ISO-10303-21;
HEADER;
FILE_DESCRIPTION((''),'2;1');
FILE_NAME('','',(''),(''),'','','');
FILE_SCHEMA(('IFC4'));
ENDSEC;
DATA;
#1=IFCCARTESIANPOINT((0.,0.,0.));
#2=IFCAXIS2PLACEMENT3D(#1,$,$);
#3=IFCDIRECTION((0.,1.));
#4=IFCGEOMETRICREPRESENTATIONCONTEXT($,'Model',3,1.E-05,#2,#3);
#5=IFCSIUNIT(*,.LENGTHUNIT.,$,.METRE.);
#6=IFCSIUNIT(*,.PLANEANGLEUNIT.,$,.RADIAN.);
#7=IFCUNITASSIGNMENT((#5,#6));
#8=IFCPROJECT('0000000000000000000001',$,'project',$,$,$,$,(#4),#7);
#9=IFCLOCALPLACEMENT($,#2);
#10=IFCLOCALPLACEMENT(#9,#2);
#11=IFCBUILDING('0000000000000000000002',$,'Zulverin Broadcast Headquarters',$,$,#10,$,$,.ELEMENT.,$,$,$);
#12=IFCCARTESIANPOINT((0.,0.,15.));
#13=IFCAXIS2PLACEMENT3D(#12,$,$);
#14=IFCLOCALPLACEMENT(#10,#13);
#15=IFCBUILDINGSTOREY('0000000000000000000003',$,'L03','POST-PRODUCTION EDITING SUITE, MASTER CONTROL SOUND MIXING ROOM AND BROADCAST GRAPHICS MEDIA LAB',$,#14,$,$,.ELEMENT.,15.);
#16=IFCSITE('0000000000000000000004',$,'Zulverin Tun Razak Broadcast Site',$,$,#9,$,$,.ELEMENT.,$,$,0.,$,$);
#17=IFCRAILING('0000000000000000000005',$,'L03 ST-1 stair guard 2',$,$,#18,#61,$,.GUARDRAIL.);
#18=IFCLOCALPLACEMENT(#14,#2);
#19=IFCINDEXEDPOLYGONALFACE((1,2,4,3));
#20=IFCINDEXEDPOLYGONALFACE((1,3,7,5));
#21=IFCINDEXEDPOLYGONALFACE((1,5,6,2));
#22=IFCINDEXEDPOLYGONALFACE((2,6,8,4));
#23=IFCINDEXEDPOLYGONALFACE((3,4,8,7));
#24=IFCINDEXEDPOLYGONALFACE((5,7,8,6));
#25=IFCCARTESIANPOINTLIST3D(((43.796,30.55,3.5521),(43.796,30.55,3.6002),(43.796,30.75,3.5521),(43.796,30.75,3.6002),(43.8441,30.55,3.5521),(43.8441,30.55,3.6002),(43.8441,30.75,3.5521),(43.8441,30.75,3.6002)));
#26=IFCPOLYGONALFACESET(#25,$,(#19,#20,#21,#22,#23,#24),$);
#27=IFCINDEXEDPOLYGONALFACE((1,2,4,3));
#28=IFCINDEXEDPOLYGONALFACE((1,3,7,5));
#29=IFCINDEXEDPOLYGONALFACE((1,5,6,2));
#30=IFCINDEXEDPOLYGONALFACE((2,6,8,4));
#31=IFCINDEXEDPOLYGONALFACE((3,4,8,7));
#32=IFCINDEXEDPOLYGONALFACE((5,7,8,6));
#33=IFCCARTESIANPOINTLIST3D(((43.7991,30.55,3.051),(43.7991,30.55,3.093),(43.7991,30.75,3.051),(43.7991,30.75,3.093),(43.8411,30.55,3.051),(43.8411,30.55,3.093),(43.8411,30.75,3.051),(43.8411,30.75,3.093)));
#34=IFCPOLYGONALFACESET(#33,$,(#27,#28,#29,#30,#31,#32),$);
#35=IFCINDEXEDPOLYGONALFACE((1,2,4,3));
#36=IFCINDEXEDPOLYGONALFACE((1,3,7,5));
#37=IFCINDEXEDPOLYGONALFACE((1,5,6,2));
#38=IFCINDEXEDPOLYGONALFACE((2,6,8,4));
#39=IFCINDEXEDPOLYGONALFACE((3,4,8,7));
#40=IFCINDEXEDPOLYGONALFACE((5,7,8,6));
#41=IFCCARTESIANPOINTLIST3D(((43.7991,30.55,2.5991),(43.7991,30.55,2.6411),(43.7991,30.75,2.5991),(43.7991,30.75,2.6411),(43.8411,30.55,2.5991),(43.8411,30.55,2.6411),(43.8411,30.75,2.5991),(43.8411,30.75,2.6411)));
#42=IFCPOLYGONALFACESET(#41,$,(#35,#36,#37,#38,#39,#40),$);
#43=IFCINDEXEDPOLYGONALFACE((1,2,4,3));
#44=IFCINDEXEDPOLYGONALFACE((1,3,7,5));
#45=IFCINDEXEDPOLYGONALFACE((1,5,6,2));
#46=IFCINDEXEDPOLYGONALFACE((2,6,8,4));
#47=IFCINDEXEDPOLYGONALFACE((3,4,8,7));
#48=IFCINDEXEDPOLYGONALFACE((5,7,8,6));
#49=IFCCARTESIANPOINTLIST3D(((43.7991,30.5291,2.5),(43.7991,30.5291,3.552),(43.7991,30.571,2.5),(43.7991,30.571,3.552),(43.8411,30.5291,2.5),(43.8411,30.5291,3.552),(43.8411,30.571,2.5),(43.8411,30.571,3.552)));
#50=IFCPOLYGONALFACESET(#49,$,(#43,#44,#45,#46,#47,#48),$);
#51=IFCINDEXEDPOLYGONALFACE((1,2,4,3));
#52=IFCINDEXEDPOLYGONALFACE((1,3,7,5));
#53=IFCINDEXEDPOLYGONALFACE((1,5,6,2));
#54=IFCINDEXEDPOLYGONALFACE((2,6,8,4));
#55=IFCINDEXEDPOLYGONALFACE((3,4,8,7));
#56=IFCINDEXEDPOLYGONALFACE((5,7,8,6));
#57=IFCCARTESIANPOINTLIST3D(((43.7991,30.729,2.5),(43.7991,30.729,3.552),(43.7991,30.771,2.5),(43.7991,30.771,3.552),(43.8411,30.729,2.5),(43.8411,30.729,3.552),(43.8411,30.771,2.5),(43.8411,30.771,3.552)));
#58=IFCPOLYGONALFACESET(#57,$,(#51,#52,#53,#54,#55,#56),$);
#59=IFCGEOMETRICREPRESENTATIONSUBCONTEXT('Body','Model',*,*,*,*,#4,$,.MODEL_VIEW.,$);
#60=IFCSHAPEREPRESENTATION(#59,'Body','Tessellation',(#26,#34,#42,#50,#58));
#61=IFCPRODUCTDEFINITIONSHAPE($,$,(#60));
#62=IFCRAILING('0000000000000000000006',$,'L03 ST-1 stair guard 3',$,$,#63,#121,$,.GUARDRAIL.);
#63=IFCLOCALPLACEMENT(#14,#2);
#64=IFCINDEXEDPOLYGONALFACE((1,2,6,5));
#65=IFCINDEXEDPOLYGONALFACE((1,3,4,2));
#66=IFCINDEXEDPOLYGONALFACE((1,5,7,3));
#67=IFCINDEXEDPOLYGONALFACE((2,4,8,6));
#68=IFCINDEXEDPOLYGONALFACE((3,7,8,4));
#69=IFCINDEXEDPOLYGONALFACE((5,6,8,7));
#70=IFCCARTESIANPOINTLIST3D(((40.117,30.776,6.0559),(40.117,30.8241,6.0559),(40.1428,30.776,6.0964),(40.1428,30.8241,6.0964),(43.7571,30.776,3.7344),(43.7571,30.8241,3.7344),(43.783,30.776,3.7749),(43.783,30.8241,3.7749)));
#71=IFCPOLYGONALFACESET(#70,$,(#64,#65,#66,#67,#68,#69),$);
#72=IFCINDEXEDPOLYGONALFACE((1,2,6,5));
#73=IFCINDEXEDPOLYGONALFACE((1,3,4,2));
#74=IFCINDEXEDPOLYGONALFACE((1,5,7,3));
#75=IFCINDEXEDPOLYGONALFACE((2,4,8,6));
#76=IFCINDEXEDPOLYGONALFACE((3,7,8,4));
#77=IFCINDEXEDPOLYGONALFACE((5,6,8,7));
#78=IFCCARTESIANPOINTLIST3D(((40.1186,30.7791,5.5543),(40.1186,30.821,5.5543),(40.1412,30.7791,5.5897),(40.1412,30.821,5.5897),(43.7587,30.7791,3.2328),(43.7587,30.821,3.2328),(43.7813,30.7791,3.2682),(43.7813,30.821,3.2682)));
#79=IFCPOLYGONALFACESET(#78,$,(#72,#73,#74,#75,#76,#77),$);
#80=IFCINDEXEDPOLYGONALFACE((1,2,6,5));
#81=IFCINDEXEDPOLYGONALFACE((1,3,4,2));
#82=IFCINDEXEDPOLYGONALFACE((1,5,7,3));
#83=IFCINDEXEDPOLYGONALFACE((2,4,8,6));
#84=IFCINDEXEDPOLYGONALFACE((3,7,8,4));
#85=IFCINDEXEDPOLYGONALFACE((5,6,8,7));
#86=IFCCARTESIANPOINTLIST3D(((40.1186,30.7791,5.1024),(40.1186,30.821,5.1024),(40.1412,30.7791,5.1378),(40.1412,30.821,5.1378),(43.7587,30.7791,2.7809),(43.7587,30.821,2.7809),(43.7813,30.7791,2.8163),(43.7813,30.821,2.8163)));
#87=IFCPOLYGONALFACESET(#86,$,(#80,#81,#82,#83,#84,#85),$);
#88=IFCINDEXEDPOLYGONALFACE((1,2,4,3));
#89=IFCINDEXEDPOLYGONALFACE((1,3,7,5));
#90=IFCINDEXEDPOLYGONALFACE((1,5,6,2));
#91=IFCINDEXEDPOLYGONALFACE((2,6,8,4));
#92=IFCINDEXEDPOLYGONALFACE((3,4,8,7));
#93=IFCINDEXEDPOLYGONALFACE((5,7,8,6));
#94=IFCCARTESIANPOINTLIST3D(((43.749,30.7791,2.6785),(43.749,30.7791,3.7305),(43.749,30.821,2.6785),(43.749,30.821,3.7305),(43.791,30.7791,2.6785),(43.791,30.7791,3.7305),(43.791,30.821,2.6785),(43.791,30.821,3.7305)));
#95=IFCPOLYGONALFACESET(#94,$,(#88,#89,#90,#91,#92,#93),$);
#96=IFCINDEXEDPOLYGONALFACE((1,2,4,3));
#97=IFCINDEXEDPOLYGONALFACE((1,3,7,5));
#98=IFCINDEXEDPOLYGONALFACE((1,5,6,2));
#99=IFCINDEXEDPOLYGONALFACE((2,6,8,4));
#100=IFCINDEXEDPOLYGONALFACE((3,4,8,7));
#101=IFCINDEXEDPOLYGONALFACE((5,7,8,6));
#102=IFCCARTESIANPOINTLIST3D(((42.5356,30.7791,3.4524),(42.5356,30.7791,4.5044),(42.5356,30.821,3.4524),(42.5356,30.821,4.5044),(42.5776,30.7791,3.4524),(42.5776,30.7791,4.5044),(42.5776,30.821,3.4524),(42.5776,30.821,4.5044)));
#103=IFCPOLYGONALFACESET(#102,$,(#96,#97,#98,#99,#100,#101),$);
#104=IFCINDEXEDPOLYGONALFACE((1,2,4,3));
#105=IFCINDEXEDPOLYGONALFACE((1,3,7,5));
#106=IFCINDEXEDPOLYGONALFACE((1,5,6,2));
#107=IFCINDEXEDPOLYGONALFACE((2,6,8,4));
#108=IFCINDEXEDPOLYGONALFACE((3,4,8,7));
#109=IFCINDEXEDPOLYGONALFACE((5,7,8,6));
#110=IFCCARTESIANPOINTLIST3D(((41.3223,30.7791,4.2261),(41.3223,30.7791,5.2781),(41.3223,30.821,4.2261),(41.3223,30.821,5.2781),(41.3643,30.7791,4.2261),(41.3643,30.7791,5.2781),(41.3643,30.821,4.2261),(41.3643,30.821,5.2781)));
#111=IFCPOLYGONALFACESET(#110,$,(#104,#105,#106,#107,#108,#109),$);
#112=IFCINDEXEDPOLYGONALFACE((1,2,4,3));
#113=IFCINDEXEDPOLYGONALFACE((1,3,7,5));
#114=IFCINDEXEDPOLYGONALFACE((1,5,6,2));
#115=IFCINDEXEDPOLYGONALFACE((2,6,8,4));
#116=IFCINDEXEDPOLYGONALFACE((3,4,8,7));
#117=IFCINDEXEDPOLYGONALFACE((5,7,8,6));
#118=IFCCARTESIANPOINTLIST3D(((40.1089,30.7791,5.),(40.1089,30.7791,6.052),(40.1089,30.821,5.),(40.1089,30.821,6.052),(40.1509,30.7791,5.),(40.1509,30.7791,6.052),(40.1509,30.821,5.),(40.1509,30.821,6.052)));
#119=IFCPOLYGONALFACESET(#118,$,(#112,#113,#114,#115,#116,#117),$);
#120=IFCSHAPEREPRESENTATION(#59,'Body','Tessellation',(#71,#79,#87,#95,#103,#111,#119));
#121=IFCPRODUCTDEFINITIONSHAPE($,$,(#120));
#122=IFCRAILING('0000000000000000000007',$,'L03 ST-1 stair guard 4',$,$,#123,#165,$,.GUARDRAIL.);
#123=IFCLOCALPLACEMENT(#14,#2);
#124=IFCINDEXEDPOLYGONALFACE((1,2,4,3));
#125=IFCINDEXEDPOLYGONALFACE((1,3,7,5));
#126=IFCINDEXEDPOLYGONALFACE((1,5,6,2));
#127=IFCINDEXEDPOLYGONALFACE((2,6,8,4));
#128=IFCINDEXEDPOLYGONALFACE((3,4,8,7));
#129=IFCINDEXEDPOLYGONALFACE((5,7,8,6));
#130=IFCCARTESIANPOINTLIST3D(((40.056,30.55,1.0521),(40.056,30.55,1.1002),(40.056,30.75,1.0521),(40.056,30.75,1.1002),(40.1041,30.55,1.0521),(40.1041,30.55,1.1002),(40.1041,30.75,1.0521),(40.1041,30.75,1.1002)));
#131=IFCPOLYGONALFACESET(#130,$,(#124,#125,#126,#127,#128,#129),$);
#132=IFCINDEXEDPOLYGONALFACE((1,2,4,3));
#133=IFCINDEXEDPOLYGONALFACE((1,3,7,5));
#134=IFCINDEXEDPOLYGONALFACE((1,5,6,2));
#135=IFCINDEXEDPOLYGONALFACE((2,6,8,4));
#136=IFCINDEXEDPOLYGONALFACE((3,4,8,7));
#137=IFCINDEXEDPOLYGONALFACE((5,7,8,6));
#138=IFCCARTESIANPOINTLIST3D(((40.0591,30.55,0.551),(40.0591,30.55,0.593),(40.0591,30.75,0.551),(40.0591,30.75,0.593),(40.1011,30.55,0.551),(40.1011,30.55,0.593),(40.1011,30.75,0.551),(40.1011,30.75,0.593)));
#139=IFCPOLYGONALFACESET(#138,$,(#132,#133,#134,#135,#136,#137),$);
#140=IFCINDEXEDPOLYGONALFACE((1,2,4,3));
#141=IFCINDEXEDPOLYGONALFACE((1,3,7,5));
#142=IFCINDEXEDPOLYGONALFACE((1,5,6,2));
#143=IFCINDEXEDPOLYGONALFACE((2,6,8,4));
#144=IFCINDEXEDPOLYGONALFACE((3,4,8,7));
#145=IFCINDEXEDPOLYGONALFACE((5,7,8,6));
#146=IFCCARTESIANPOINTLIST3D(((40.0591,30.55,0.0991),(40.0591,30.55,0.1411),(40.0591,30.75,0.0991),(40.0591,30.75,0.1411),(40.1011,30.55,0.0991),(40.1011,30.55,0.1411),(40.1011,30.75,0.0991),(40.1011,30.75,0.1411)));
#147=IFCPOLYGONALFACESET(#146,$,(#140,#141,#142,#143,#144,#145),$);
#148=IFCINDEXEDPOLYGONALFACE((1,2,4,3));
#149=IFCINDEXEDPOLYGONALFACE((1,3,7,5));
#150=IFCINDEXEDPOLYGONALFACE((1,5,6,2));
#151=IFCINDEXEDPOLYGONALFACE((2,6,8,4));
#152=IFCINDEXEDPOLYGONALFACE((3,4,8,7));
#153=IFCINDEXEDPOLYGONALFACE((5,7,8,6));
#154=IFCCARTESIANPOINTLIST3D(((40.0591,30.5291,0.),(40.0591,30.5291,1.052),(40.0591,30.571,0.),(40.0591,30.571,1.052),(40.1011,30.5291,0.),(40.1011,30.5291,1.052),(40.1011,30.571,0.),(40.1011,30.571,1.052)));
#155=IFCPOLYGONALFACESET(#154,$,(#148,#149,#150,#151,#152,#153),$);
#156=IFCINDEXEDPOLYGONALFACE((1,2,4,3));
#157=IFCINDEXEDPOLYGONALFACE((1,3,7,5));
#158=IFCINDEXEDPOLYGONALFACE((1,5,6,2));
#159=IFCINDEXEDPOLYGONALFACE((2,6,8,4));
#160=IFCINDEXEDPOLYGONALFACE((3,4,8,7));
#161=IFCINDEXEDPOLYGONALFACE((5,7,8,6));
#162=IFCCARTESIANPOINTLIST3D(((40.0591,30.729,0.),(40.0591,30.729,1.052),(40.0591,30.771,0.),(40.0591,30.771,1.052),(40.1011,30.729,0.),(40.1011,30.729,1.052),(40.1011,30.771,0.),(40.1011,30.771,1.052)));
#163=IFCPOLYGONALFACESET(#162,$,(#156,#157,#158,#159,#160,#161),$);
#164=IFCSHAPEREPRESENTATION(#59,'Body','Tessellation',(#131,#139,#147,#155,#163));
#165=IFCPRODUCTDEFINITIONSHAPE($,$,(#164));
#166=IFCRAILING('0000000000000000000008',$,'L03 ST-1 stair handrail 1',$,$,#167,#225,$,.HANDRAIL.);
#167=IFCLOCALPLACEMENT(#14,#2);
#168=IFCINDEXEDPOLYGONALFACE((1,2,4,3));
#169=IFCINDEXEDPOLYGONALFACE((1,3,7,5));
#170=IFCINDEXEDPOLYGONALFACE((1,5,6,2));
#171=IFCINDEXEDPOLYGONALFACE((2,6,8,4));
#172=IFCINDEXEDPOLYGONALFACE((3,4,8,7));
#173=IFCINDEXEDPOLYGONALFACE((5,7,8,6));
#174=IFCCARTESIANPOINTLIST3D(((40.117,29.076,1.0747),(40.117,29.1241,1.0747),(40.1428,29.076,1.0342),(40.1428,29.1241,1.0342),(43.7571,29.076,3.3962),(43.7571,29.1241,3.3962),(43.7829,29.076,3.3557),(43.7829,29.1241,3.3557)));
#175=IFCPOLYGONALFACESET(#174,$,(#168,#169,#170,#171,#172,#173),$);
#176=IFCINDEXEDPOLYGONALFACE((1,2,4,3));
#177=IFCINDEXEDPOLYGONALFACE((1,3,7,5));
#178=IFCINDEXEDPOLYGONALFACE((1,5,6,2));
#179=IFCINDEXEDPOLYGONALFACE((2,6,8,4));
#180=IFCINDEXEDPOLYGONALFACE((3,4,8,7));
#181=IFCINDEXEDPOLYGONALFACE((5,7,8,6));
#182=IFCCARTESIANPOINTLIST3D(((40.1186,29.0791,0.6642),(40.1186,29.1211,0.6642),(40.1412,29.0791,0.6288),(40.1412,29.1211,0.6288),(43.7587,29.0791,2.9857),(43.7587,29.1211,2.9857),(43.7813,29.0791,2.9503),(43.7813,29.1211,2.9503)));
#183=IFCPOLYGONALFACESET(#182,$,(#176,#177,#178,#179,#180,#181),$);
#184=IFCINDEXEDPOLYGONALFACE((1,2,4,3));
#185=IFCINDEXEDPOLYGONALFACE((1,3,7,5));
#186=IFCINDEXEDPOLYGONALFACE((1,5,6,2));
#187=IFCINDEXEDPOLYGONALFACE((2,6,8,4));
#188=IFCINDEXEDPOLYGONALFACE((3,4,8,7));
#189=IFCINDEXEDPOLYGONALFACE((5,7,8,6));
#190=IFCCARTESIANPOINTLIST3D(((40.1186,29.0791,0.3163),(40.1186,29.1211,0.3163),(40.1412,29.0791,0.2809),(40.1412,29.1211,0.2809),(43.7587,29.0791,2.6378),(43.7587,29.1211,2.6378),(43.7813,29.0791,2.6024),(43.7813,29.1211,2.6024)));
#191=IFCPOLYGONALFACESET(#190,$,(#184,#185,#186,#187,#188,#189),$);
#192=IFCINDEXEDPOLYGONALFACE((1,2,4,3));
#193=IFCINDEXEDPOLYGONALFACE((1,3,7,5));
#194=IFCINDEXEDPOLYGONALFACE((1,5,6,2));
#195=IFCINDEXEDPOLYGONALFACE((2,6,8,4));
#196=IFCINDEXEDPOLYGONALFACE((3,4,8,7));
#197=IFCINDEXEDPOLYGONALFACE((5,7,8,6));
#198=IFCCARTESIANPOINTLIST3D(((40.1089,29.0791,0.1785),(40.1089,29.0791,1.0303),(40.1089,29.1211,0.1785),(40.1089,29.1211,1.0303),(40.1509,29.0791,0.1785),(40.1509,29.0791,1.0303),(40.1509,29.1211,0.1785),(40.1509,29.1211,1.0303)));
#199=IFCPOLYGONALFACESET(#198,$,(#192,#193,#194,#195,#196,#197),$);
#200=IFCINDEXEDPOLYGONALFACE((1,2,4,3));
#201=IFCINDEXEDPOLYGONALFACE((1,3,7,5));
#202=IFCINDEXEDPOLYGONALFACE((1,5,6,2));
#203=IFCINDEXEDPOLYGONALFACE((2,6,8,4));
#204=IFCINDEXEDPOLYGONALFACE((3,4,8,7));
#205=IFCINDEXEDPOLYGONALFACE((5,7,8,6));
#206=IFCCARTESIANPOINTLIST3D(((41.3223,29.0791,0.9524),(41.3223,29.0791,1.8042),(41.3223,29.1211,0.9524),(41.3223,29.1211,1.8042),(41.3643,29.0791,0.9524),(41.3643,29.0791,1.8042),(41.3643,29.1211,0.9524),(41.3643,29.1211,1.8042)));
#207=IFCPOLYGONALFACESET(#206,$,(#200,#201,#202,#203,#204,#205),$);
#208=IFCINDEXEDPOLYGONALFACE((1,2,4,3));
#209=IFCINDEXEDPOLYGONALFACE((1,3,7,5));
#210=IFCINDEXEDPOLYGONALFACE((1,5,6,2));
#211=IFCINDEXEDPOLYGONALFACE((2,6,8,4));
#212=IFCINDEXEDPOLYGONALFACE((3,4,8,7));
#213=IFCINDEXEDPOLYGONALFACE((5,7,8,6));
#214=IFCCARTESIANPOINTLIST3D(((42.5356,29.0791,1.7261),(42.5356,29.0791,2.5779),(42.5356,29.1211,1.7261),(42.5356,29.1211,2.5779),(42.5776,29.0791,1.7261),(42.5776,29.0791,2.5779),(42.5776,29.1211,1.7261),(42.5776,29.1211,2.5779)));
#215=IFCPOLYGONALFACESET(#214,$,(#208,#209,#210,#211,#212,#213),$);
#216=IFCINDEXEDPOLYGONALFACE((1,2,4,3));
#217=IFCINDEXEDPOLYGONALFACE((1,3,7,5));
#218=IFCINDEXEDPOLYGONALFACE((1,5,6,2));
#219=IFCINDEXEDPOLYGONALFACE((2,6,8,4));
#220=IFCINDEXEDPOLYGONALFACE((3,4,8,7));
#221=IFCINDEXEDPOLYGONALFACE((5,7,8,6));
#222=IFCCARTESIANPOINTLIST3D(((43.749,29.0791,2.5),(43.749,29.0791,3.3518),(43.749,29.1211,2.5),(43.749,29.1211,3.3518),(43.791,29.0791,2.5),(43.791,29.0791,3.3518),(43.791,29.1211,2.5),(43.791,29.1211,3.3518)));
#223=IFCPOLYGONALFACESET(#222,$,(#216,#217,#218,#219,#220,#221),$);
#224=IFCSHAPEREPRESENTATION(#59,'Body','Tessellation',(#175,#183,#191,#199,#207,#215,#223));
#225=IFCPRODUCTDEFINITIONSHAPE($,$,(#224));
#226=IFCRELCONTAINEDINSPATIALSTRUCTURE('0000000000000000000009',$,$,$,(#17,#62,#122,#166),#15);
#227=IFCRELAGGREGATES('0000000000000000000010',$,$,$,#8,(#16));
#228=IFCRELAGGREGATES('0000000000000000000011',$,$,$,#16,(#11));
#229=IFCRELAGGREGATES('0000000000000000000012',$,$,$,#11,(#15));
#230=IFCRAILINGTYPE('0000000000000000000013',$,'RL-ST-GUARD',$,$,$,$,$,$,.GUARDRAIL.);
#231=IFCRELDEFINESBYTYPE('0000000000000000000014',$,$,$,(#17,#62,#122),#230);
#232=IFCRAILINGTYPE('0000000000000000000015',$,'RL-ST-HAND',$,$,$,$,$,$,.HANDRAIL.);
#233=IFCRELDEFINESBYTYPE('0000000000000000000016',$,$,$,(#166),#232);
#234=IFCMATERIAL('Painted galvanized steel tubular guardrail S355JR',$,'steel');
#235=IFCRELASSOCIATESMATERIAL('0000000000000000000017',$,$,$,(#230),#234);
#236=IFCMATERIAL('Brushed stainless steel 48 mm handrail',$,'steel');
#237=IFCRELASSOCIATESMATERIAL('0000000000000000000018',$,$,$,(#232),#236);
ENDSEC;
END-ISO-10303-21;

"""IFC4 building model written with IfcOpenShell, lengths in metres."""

from ifc_helpers import new_model, si_unit, direction, frame, origin, origin_2d, place, context, subcontext, project, spatial, rectangle, extrude, material, type_object, element, save


model = new_model("IFC4")

# Units and contexts
model_context = context("Model", 3, precision=1e-05, world=origin(), true_north=direction((0.0, 1.0)))
body_context = subcontext(model_context, "Body", "Model", "MODEL_VIEW")
ifc_project = project(units=[si_unit("LENGTHUNIT", "METRE"), si_unit("PLANEANGLEUNIT", "RADIAN")], contexts=[model_context])

# Site, building, storey
site_placement = place(None, origin())
site = spatial("IfcSite", under=ifc_project, at=site_placement, Name="Zulverin Tun Razak Broadcast Site", CompositionType="ELEMENT", RefElevation=0.0)
building_placement = place(site_placement, origin())
building = spatial("IfcBuilding", under=site, at=building_placement, Name="Zulverin Broadcast Headquarters", CompositionType="ELEMENT")
storey_placement = place(building_placement, frame((0.0, 0.0, 15.0)))
storey = spatial("IfcBuildingStorey", under=building, at=storey_placement, Name="L03", Description="POST-PRODUCTION EDITING SUITE, MASTER CONTROL SOUND MIXING ROOM AND BROADCAST GRAPHICS MEDIA LAB", CompositionType="ELEMENT", Elevation=15.0)

# Railings
ifc_material_1 = material(Name="Painted galvanized steel tubular guardrail S355JR", Category="steel")
railing_type_1 = type_object("IfcRailingType", Name="RL-ST-GUARD", PredefinedType="GUARDRAIL", material=ifc_material_1)
railing_1_placement = place(storey_placement, frame((43.8201, 30.55, 2.5)))
element("IfcRailing", 1, at=railing_1_placement, inside=storey, type_object=railing_type_1, Name="L03 ST-1 stair guard 2", PredefinedType="GUARDRAIL", context=body_context, shape_type="SweptSolid", body=[
    extrude(rectangle(XDim=0.0481, YDim=0.0481, at=origin_2d()), frame((0.0, 0.0, 1.0762), z_axis=(0.0, 1.0, 0.0), x_axis=(-1.0, 0.0, 0.0)), (0.0, 0.0, 1.0), 0.2),
    extrude(rectangle(XDim=0.042, YDim=0.042, at=origin_2d()), frame((0.0, 0.0, 0.572), z_axis=(0.0, 1.0, 0.0), x_axis=(-1.0, 0.0, 0.0)), (0.0, 0.0, 1.0), 0.2),
    extrude(rectangle(XDim=0.042, YDim=0.042, at=origin_2d()), frame((0.0, 0.0, 0.1201), z_axis=(0.0, 1.0, 0.0), x_axis=(-1.0, 0.0, 0.0)), (0.0, 0.0, 1.0), 0.2),
    extrude(rectangle(XDim=0.042, YDim=0.042, at=origin_2d()), origin(), (0.0, 0.0, 1.0), 1.052),
    extrude(rectangle(XDim=0.042, YDim=0.042, at=origin_2d()), frame((0.0, 0.2, 0.0)), (0.0, 0.0, 1.0), 1.052),
])
railing_2_placement = place(storey_placement, frame((43.77, 30.8, 2.6785)))
element("IfcRailing", 2, at=railing_2_placement, inside=storey, type_object=railing_type_1, Name="L03 ST-1 stair guard 3", PredefinedType="GUARDRAIL", context=body_context, shape_type="SweptSolid", body=[
    extrude(rectangle(XDim=0.0481, YDim=0.0481, at=origin_2d()), frame((0.0, 0.0, 1.0762), z_axis=(-0.843128, 0.0, 0.537713), x_axis=(0.0, -1.0, 0.0)), (0.0, 0.0, 1.0), 4.3174),
    extrude(rectangle(XDim=0.042, YDim=0.042, at=origin_2d()), frame((0.0, 0.0, 0.572), z_axis=(-0.843128, 0.0, 0.537713), x_axis=(0.0, -1.0, 0.0)), (0.0, 0.0, 1.0), 4.3174),
    extrude(rectangle(XDim=0.042, YDim=0.042, at=origin_2d()), frame((0.0, 0.0, 0.1201), z_axis=(-0.843128, 0.0, 0.537713), x_axis=(0.0, -1.0, 0.0)), (0.0, 0.0, 1.0), 4.3174),
    extrude(rectangle(XDim=0.042, YDim=0.042, at=origin_2d()), origin(), (0.0, 0.0, 1.0), 1.052),
    extrude(rectangle(XDim=0.042, YDim=0.042, at=origin_2d()), frame((-1.2134, 0.0, 0.7739)), (0.0, 0.0, 1.0), 1.052),
    extrude(rectangle(XDim=0.042, YDim=0.042, at=origin_2d()), frame((-2.4268, 0.0, 1.5476)), (0.0, 0.0, 1.0), 1.052),
    extrude(rectangle(XDim=0.042, YDim=0.042, at=origin_2d()), frame((-3.6401, 0.0, 2.3215)), (0.0, 0.0, 1.0), 1.052),
])
railing_3_placement = place(storey_placement, frame((40.0801, 30.55, 0.0)))
element("IfcRailing", 3, at=railing_3_placement, inside=storey, type_object=railing_type_1, Name="L03 ST-1 stair guard 4", PredefinedType="GUARDRAIL", context=body_context, shape_type="SweptSolid", body=[
    extrude(rectangle(XDim=0.0481, YDim=0.0481, at=origin_2d()), frame((0.0, 0.0, 1.0762), z_axis=(0.0, 1.0, 0.0), x_axis=(-1.0, 0.0, 0.0)), (0.0, 0.0, 1.0), 0.2),
    extrude(rectangle(XDim=0.042, YDim=0.042, at=origin_2d()), frame((0.0, 0.0, 0.572), z_axis=(0.0, 1.0, 0.0), x_axis=(-1.0, 0.0, 0.0)), (0.0, 0.0, 1.0), 0.2),
    extrude(rectangle(XDim=0.042, YDim=0.042, at=origin_2d()), frame((0.0, 0.0, 0.1201), z_axis=(0.0, 1.0, 0.0), x_axis=(-1.0, 0.0, 0.0)), (0.0, 0.0, 1.0), 0.2),
    extrude(rectangle(XDim=0.042, YDim=0.042, at=origin_2d()), origin(), (0.0, 0.0, 1.0), 1.052),
    extrude(rectangle(XDim=0.042, YDim=0.042, at=origin_2d()), frame((0.0, 0.2, 0.0)), (0.0, 0.0, 1.0), 1.052),
])
ifc_material_2 = material(Name="Brushed stainless steel 48 mm handrail", Category="steel")
railing_type_2 = type_object("IfcRailingType", Name="RL-ST-HAND", PredefinedType="HANDRAIL", material=ifc_material_2)
railing_4_placement = place(storey_placement, frame((40.1299, 29.1001, 0.1785)))
element("IfcRailing", 4, at=railing_4_placement, inside=storey, type_object=railing_type_2, Name="L03 ST-1 stair handrail 1", PredefinedType="HANDRAIL", context=body_context, shape_type="SweptSolid", body=[
    extrude(rectangle(XDim=0.0481, YDim=0.0481, at=origin_2d()), frame((0.0, 0.0, 0.876), z_axis=(0.843128, 0.0, 0.537713), x_axis=(0.0, 1.0, 0.0)), (0.0, 0.0, 1.0), 4.3174),
    extrude(rectangle(XDim=0.042, YDim=0.042, at=origin_2d()), frame((0.0, 0.0, 0.468), z_axis=(0.843128, 0.0, 0.537713), x_axis=(0.0, 1.0, 0.0)), (0.0, 0.0, 1.0), 4.3174),
    extrude(rectangle(XDim=0.042, YDim=0.042, at=origin_2d()), frame((0.0, 0.0, 0.1201), z_axis=(0.843128, 0.0, 0.537713), x_axis=(0.0, 1.0, 0.0)), (0.0, 0.0, 1.0), 4.3174),
    extrude(rectangle(XDim=0.042, YDim=0.042, at=origin_2d()), origin(), (0.0, 0.0, 1.0), 0.8518),
    extrude(rectangle(XDim=0.042, YDim=0.042, at=origin_2d()), frame((1.2134, 0.0, 0.7739)), (0.0, 0.0, 1.0), 0.8518),
    extrude(rectangle(XDim=0.042, YDim=0.042, at=origin_2d()), frame((2.4268, 0.0, 1.5476)), (0.0, 0.0, 1.0), 0.8518),
    extrude(rectangle(XDim=0.042, YDim=0.042, at=origin_2d()), frame((3.6401, 0.0, 2.3215)), (0.0, 0.0, 1.0), 0.8518),
])

save(model, "model.ifc")
